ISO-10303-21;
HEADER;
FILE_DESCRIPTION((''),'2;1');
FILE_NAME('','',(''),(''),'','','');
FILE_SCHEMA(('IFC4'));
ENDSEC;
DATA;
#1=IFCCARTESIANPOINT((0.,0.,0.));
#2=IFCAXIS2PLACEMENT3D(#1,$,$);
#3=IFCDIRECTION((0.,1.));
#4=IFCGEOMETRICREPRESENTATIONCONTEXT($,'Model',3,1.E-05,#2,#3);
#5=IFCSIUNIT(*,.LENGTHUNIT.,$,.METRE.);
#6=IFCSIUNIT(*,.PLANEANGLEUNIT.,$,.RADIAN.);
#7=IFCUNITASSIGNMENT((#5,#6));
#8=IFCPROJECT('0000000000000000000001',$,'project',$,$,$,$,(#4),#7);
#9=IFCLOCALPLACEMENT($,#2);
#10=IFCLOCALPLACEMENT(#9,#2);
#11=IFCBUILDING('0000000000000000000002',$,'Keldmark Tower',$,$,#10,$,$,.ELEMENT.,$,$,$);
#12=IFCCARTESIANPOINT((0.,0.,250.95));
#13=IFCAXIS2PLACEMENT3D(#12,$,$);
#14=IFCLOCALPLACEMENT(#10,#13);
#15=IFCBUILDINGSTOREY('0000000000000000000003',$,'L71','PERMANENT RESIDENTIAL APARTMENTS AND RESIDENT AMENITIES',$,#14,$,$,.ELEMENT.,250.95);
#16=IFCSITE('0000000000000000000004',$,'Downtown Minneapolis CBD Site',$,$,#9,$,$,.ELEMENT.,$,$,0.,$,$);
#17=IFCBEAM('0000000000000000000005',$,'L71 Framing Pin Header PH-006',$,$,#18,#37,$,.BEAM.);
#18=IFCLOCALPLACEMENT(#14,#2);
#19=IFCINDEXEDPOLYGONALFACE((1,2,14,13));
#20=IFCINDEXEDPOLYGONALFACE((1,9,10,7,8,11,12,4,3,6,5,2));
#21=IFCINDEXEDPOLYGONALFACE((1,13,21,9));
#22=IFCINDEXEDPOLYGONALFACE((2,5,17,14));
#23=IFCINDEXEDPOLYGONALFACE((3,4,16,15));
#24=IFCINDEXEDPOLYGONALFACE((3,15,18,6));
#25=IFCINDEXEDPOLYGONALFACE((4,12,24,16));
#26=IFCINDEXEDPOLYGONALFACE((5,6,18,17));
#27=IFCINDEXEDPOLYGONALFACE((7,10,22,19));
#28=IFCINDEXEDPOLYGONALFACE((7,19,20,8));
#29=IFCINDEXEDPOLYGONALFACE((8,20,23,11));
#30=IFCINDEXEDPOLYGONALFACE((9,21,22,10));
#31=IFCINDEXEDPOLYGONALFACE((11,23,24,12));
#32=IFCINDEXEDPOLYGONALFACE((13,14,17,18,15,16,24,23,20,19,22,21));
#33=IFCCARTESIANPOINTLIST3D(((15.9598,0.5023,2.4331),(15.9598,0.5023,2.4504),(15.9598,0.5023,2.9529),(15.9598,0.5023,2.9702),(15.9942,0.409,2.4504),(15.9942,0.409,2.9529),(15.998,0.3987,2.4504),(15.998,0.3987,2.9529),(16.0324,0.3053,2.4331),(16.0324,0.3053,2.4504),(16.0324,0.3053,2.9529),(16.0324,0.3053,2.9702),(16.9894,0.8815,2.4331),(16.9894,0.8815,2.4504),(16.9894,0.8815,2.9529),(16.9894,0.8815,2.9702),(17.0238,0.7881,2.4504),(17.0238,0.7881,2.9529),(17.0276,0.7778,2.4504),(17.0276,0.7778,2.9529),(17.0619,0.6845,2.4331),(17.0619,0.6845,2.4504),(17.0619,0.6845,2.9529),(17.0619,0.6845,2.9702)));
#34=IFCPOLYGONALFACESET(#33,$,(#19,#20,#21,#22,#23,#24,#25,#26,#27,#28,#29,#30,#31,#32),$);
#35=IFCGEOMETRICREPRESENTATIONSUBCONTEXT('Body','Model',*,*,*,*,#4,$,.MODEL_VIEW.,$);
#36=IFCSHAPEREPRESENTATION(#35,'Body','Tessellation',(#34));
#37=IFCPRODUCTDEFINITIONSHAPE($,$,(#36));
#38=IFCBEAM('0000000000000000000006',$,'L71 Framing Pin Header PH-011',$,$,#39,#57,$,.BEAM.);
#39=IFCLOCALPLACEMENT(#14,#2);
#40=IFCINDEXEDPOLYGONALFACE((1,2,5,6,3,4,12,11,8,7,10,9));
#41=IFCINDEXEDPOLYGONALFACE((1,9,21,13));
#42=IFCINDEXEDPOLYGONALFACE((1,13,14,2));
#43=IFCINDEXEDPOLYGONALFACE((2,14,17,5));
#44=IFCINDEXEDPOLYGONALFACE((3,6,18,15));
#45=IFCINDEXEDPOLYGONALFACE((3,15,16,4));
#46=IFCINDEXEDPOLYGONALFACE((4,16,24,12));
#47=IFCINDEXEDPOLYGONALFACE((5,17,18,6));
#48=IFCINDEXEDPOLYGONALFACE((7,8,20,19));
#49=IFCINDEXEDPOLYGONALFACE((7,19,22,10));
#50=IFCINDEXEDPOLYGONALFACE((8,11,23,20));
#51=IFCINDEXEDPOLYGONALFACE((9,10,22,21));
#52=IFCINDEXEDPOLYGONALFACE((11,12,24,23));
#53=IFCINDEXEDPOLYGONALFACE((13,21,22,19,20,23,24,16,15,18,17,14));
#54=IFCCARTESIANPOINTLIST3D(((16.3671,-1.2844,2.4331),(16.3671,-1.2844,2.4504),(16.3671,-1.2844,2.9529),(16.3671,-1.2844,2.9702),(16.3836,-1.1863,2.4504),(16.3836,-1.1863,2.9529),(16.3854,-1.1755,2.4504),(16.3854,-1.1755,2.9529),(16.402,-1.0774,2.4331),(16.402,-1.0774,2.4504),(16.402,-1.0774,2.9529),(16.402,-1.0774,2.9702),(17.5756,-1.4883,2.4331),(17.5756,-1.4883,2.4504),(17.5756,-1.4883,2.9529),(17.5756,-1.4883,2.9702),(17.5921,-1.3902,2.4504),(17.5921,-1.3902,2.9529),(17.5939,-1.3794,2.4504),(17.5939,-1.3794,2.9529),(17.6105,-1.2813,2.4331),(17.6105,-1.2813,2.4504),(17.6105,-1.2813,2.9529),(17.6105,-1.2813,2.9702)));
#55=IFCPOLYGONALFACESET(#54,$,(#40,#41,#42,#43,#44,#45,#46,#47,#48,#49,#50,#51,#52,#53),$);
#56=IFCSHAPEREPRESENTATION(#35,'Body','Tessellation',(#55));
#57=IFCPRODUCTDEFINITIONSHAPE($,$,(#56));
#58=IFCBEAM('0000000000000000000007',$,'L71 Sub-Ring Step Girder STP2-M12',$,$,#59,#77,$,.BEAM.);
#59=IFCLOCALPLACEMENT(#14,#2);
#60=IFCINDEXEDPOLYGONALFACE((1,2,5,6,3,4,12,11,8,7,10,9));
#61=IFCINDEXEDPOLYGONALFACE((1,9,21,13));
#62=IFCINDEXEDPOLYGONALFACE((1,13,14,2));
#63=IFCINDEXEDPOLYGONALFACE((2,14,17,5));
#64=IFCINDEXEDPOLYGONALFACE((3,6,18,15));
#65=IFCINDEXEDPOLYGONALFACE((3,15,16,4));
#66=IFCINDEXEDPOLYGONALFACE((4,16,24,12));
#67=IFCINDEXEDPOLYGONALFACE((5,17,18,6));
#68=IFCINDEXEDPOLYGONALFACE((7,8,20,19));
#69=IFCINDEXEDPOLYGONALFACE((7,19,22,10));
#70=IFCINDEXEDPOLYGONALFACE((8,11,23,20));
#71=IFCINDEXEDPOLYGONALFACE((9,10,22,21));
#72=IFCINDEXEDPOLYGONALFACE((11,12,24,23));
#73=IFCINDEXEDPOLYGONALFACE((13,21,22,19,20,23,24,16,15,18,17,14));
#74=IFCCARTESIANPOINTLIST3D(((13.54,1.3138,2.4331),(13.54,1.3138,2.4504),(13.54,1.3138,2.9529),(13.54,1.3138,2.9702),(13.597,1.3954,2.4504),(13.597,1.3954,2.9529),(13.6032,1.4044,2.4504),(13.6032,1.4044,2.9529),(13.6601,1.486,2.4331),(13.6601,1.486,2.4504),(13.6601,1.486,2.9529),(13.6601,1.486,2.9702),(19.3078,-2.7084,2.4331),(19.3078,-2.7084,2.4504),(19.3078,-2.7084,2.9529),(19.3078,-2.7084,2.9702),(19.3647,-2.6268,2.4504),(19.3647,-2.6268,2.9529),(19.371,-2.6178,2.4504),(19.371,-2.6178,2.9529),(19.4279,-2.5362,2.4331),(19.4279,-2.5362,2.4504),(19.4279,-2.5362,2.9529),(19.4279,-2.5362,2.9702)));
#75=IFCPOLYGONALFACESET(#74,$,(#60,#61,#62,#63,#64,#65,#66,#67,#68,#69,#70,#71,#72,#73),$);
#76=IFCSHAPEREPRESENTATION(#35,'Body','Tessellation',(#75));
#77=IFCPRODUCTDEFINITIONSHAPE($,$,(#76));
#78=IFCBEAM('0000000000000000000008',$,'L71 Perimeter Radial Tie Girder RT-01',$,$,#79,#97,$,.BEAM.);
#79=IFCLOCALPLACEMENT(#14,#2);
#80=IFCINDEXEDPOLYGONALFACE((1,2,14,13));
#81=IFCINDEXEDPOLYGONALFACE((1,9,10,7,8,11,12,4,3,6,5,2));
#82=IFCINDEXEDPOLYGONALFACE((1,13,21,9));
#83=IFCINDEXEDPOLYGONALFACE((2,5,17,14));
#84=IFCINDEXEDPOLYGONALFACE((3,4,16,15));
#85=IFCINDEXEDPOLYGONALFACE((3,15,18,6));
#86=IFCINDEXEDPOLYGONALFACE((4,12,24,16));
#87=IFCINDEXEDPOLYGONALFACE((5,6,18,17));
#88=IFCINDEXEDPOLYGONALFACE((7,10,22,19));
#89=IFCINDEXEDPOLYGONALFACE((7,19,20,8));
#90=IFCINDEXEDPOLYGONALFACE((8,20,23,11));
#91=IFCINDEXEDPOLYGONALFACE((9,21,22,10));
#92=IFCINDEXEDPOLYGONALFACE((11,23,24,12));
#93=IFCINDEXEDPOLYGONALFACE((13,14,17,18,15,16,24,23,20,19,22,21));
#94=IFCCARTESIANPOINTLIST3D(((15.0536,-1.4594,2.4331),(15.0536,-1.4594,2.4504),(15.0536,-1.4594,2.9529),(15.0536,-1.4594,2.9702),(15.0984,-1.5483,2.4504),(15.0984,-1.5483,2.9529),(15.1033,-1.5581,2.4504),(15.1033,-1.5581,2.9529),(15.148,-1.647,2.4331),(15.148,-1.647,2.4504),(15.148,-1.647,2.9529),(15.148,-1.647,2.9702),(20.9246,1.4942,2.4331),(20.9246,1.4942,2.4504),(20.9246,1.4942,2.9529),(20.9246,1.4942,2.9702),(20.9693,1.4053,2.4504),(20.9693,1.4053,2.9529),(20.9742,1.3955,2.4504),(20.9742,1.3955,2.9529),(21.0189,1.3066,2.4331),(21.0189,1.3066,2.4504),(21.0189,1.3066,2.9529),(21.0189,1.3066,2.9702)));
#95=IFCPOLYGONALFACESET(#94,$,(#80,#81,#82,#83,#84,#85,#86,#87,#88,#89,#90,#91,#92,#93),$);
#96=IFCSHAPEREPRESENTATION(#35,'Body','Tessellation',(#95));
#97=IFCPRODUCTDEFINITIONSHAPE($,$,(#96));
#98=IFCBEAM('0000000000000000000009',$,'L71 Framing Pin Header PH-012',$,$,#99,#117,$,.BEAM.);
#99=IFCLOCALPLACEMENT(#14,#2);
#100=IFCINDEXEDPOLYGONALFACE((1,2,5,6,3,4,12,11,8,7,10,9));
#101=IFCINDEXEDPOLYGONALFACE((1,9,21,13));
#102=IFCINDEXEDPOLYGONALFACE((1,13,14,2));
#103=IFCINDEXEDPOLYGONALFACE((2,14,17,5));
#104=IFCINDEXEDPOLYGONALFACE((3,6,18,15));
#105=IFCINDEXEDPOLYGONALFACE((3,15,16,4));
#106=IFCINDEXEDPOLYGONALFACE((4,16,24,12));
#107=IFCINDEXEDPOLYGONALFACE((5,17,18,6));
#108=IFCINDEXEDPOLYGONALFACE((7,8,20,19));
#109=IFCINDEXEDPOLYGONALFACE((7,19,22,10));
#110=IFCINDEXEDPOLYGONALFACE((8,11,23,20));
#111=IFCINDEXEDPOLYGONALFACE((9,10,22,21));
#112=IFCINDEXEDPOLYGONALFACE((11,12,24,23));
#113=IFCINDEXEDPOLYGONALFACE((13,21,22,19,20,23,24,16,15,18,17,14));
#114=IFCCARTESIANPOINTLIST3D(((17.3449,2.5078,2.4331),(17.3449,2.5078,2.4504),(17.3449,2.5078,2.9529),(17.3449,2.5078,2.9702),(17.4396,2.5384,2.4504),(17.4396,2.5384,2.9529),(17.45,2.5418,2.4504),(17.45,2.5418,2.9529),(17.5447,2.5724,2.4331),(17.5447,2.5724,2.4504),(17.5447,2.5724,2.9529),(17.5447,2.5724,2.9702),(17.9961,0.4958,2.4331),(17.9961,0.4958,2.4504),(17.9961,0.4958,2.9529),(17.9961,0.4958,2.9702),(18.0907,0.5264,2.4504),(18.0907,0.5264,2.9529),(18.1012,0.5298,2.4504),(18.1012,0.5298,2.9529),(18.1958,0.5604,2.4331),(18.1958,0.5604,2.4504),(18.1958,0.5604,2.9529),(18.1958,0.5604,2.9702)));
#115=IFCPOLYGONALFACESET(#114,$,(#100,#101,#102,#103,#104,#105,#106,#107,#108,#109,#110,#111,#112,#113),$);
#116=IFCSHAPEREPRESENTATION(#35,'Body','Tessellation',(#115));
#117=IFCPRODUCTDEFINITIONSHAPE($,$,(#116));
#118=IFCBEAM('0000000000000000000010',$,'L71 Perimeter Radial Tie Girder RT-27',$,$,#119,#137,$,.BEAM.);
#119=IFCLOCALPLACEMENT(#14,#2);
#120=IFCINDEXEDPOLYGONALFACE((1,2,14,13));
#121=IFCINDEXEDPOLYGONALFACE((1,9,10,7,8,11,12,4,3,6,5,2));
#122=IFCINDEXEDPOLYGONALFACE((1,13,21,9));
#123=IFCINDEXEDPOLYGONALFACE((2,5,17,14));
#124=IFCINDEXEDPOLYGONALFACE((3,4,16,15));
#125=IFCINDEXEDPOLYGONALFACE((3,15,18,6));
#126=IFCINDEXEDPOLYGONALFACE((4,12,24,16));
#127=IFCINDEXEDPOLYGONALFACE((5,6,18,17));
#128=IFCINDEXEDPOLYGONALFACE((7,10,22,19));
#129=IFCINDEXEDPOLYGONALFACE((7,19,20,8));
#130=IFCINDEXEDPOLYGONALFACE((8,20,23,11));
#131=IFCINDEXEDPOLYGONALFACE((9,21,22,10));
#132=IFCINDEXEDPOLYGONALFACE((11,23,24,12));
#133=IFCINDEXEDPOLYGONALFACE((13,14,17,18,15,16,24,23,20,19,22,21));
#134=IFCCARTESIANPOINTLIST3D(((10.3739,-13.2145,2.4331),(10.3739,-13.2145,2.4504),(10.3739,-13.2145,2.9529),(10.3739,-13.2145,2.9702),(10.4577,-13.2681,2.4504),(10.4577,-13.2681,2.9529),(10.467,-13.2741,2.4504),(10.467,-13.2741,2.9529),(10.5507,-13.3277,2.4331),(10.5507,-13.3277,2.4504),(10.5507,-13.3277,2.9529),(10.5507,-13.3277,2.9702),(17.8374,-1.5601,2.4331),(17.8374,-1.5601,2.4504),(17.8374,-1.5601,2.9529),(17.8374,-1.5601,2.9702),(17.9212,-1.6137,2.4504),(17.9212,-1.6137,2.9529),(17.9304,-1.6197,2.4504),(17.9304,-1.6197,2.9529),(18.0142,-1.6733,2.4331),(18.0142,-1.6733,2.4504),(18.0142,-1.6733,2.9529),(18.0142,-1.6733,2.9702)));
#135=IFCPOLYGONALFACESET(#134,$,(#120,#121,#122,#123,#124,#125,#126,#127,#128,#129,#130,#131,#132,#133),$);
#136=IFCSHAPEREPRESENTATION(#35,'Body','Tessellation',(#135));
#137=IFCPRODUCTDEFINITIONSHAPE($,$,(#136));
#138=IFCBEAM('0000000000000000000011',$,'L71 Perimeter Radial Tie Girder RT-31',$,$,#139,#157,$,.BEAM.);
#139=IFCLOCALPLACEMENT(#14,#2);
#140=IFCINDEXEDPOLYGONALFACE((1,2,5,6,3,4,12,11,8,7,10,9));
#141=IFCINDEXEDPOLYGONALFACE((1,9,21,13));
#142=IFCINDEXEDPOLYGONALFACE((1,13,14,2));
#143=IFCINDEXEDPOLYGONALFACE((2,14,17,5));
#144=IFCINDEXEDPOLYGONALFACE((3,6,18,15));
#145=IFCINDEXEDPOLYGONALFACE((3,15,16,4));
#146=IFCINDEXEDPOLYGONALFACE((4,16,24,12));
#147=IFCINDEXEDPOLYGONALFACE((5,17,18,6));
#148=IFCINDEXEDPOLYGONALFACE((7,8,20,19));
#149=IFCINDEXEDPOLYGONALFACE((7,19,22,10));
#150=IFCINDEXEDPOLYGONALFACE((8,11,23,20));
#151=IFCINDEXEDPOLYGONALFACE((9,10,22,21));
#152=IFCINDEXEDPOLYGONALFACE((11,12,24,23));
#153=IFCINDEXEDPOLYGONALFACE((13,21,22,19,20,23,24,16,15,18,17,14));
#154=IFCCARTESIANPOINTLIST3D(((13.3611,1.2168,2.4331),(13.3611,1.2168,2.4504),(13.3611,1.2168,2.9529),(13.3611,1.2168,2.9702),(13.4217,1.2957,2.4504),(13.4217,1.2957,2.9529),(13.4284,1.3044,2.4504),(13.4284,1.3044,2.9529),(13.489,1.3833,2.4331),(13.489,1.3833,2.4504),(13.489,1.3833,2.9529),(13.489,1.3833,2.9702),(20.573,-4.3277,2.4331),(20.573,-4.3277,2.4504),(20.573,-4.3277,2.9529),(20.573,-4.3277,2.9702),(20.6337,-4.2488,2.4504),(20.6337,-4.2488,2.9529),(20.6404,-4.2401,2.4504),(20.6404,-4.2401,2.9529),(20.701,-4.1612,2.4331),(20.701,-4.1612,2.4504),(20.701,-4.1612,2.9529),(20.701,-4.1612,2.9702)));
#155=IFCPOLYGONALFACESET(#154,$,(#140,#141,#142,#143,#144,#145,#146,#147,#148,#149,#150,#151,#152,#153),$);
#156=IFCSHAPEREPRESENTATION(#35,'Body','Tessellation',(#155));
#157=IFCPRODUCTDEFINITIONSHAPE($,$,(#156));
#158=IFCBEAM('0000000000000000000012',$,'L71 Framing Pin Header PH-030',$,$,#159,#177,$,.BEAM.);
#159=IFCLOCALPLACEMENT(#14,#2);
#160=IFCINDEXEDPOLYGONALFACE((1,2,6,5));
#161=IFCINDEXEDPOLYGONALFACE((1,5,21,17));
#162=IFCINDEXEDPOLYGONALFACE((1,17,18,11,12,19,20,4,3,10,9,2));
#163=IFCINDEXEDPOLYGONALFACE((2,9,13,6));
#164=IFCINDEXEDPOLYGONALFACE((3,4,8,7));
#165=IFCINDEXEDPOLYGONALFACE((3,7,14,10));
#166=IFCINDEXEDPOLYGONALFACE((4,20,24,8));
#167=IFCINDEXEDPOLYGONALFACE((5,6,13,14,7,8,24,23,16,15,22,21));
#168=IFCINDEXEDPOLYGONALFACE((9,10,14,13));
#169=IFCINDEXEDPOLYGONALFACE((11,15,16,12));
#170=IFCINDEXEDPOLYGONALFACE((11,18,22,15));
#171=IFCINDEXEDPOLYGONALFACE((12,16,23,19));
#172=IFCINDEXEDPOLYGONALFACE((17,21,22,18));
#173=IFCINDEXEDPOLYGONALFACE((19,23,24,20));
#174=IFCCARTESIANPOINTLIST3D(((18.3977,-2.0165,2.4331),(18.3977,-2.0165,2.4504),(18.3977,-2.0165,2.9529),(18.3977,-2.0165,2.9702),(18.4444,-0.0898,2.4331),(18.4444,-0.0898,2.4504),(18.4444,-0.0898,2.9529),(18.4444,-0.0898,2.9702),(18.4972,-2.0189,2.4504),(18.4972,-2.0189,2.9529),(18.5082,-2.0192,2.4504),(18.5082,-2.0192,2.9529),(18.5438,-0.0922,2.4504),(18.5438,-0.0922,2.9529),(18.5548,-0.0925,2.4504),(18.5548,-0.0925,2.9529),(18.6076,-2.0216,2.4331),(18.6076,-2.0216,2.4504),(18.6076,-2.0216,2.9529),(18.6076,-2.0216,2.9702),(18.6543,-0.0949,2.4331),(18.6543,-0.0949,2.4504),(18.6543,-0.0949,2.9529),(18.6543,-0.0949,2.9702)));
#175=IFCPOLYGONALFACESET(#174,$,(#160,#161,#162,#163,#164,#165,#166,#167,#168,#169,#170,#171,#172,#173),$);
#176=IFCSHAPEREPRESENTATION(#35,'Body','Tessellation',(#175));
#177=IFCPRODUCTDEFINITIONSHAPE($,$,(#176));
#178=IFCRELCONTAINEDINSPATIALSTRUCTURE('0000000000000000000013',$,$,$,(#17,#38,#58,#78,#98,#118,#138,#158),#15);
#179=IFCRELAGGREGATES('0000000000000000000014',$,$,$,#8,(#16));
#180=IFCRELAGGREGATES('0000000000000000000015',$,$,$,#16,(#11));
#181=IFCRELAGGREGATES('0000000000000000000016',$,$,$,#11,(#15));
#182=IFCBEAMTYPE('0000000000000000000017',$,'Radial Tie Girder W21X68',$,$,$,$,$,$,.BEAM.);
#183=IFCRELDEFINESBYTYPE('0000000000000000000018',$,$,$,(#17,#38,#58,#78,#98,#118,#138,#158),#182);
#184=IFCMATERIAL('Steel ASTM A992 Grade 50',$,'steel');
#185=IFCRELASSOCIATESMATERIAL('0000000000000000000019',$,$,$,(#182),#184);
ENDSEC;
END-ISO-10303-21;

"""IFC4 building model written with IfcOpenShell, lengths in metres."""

from ifc_helpers import new_model, si_unit, direction, frame, origin, origin_2d, place, context, subcontext, project, spatial, i_section, extrude, material, material_profile, profile_set, type_object, element, save


model = new_model("IFC4")

# Units and contexts
model_context = context("Model", 3, precision=1e-05, world=origin(), true_north=direction((0.0, 1.0)))
body_context = subcontext(model_context, "Body", "Model", "MODEL_VIEW")
ifc_project = project(units=[si_unit("LENGTHUNIT", "METRE"), si_unit("PLANEANGLEUNIT", "RADIAN")], contexts=[model_context])

# Site, building, storey
site_placement = place(None, origin())
site = spatial("IfcSite", under=ifc_project, at=site_placement, Name="Downtown Minneapolis CBD Site", CompositionType="ELEMENT", RefElevation=0.0)
building_placement = place(site_placement, origin())
building = spatial("IfcBuilding", under=site, at=building_placement, Name="Keldmark Tower", CompositionType="ELEMENT")
storey_placement = place(building_placement, frame((0.0, 0.0, 250.95)))
storey = spatial("IfcBuildingStorey", under=building, at=storey_placement, Name="L71", Description="PERMANENT RESIDENTIAL APARTMENTS AND RESIDENT AMENITIES", CompositionType="ELEMENT", Elevation=250.95)

# Beams
ifc_material_1 = material(Name="Steel ASTM A992 Grade 50", Category="steel")
ifc_material_profile_1 = material_profile(ifc_material_1, i_section(OverallWidth=0.21, OverallDepth=0.5371, WebThickness=0.011, FlangeThickness=0.0173, at=origin_2d()), Name="W21X68")
ifc_profile_set_1 = profile_set([ifc_material_profile_1], Name="Steel ASTM A992 Grade 50")
beam_type_1 = type_object("IfcBeamType", Name="Radial Tie Girder W21X68", PredefinedType="BEAM", material=ifc_profile_set_1)
beam_1_placement = place(storey_placement, frame((15.9961, 0.4038, 2.7017), z_axis=(0.938389, 0.345582, 0.0), x_axis=(-0.345582, 0.938389, 0.0)))
element("IfcBeam", 1, at=beam_1_placement, inside=storey, type_object=beam_type_1, Name="L71 Framing Pin Header PH-006", PredefinedType="BEAM", context=body_context, shape_type="SweptSolid", body=[
    extrude(i_section(OverallWidth=0.21, OverallDepth=0.5371, WebThickness=0.011, FlangeThickness=0.0173, at=origin_2d()), origin(), (0.0, 0.0, 1.0), 1.0972),
])
beam_2_placement = place(storey_placement, frame((16.3845, -1.1809, 2.7017), z_axis=(0.986069, -0.166337, 0.0), x_axis=(0.166337, 0.986069, 0.0)))
element("IfcBeam", 2, at=beam_2_placement, inside=storey, type_object=beam_type_1, Name="L71 Framing Pin Header PH-011", PredefinedType="BEAM", context=body_context, shape_type="SweptSolid", body=[
    extrude(i_section(OverallWidth=0.21, OverallDepth=0.5371, WebThickness=0.011, FlangeThickness=0.0173, at=origin_2d()), origin(), (0.0, 0.0, 1.0), 1.2256),
])
beam_3_placement = place(storey_placement, frame((13.6001, 1.3999, 2.7017), z_axis=(0.82025, -0.572005, 0.0), x_axis=(0.572005, 0.82025, 0.0)))
element("IfcBeam", 3, at=beam_3_placement, inside=storey, type_object=beam_type_1, Name="L71 Sub-Ring Step Girder STP2-M12", PredefinedType="BEAM", context=body_context, shape_type="SweptSolid", body=[
    extrude(i_section(OverallWidth=0.21, OverallDepth=0.5371, WebThickness=0.011, FlangeThickness=0.0173, at=origin_2d()), origin(), (0.0, 0.0, 1.0), 7.0317),
])
beam_4_placement = place(storey_placement, frame((15.1008, -1.5532, 2.7017), z_axis=(0.893317, 0.449426, 0.0), x_axis=(-0.449426, 0.893317, 0.0)))
element("IfcBeam", 4, at=beam_4_placement, inside=storey, type_object=beam_type_1, Name="L71 Perimeter Radial Tie Girder RT-01", PredefinedType="BEAM", context=body_context, shape_type="SweptSolid", body=[
    extrude(i_section(OverallWidth=0.21, OverallDepth=0.5371, WebThickness=0.011, FlangeThickness=0.0173, at=origin_2d()), origin(), (0.0, 0.0, 1.0), 6.572),
])
beam_5_placement = place(storey_placement, frame((18.0959, 0.5281, 2.7017), z_axis=(-0.307903, 0.951418, 0.0), x_axis=(-0.951418, -0.307903, 0.0)))
element("IfcBeam", 5, at=beam_5_placement, inside=storey, type_object=beam_type_1, Name="L71 Framing Pin Header PH-012", PredefinedType="BEAM", context=body_context, shape_type="SweptSolid", body=[
    extrude(i_section(OverallWidth=0.21, OverallDepth=0.5371, WebThickness=0.011, FlangeThickness=0.0173, at=origin_2d()), origin(), (0.0, 0.0, 1.0), 2.1147),
])
beam_6_placement = place(storey_placement, frame((17.9258, -1.6167, 2.7017), z_axis=(-0.539291, -0.84212, 0.0), x_axis=(0.84212, -0.539291, 0.0)))
element("IfcBeam", 6, at=beam_6_placement, inside=storey, type_object=beam_type_1, Name="L71 Perimeter Radial Tie Girder RT-27", PredefinedType="BEAM", context=body_context, shape_type="SweptSolid", body=[
    extrude(i_section(OverallWidth=0.21, OverallDepth=0.5371, WebThickness=0.011, FlangeThickness=0.0173, at=origin_2d()), origin(), (0.0, 0.0, 1.0), 13.8394),
])
beam_7_placement = place(storey_placement, frame((13.425, 1.3, 2.7017), z_axis=(0.792794, -0.60949, 0.0), x_axis=(0.60949, 0.792794, 0.0)))
element("IfcBeam", 7, at=beam_7_placement, inside=storey, type_object=beam_type_1, Name="L71 Perimeter Radial Tie Girder RT-31", PredefinedType="BEAM", context=body_context, shape_type="SweptSolid", body=[
    extrude(i_section(OverallWidth=0.21, OverallDepth=0.5371, WebThickness=0.011, FlangeThickness=0.0173, at=origin_2d()), origin(), (0.0, 0.0, 1.0), 9.0969),
])
beam_8_placement = place(storey_placement, frame((18.5027, -2.019, 2.7017), z_axis=(0.024195, 0.999707, 0.0), x_axis=(-0.999707, 0.024195, 0.0)))
element("IfcBeam", 8, at=beam_8_placement, inside=storey, type_object=beam_type_1, Name="L71 Framing Pin Header PH-030", PredefinedType="BEAM", context=body_context, shape_type="SweptSolid", body=[
    extrude(i_section(OverallWidth=0.21, OverallDepth=0.5371, WebThickness=0.011, FlangeThickness=0.0173, at=origin_2d()), origin(), (0.0, 0.0, 1.0), 1.9272),
])

save(model, "model.ifc")
